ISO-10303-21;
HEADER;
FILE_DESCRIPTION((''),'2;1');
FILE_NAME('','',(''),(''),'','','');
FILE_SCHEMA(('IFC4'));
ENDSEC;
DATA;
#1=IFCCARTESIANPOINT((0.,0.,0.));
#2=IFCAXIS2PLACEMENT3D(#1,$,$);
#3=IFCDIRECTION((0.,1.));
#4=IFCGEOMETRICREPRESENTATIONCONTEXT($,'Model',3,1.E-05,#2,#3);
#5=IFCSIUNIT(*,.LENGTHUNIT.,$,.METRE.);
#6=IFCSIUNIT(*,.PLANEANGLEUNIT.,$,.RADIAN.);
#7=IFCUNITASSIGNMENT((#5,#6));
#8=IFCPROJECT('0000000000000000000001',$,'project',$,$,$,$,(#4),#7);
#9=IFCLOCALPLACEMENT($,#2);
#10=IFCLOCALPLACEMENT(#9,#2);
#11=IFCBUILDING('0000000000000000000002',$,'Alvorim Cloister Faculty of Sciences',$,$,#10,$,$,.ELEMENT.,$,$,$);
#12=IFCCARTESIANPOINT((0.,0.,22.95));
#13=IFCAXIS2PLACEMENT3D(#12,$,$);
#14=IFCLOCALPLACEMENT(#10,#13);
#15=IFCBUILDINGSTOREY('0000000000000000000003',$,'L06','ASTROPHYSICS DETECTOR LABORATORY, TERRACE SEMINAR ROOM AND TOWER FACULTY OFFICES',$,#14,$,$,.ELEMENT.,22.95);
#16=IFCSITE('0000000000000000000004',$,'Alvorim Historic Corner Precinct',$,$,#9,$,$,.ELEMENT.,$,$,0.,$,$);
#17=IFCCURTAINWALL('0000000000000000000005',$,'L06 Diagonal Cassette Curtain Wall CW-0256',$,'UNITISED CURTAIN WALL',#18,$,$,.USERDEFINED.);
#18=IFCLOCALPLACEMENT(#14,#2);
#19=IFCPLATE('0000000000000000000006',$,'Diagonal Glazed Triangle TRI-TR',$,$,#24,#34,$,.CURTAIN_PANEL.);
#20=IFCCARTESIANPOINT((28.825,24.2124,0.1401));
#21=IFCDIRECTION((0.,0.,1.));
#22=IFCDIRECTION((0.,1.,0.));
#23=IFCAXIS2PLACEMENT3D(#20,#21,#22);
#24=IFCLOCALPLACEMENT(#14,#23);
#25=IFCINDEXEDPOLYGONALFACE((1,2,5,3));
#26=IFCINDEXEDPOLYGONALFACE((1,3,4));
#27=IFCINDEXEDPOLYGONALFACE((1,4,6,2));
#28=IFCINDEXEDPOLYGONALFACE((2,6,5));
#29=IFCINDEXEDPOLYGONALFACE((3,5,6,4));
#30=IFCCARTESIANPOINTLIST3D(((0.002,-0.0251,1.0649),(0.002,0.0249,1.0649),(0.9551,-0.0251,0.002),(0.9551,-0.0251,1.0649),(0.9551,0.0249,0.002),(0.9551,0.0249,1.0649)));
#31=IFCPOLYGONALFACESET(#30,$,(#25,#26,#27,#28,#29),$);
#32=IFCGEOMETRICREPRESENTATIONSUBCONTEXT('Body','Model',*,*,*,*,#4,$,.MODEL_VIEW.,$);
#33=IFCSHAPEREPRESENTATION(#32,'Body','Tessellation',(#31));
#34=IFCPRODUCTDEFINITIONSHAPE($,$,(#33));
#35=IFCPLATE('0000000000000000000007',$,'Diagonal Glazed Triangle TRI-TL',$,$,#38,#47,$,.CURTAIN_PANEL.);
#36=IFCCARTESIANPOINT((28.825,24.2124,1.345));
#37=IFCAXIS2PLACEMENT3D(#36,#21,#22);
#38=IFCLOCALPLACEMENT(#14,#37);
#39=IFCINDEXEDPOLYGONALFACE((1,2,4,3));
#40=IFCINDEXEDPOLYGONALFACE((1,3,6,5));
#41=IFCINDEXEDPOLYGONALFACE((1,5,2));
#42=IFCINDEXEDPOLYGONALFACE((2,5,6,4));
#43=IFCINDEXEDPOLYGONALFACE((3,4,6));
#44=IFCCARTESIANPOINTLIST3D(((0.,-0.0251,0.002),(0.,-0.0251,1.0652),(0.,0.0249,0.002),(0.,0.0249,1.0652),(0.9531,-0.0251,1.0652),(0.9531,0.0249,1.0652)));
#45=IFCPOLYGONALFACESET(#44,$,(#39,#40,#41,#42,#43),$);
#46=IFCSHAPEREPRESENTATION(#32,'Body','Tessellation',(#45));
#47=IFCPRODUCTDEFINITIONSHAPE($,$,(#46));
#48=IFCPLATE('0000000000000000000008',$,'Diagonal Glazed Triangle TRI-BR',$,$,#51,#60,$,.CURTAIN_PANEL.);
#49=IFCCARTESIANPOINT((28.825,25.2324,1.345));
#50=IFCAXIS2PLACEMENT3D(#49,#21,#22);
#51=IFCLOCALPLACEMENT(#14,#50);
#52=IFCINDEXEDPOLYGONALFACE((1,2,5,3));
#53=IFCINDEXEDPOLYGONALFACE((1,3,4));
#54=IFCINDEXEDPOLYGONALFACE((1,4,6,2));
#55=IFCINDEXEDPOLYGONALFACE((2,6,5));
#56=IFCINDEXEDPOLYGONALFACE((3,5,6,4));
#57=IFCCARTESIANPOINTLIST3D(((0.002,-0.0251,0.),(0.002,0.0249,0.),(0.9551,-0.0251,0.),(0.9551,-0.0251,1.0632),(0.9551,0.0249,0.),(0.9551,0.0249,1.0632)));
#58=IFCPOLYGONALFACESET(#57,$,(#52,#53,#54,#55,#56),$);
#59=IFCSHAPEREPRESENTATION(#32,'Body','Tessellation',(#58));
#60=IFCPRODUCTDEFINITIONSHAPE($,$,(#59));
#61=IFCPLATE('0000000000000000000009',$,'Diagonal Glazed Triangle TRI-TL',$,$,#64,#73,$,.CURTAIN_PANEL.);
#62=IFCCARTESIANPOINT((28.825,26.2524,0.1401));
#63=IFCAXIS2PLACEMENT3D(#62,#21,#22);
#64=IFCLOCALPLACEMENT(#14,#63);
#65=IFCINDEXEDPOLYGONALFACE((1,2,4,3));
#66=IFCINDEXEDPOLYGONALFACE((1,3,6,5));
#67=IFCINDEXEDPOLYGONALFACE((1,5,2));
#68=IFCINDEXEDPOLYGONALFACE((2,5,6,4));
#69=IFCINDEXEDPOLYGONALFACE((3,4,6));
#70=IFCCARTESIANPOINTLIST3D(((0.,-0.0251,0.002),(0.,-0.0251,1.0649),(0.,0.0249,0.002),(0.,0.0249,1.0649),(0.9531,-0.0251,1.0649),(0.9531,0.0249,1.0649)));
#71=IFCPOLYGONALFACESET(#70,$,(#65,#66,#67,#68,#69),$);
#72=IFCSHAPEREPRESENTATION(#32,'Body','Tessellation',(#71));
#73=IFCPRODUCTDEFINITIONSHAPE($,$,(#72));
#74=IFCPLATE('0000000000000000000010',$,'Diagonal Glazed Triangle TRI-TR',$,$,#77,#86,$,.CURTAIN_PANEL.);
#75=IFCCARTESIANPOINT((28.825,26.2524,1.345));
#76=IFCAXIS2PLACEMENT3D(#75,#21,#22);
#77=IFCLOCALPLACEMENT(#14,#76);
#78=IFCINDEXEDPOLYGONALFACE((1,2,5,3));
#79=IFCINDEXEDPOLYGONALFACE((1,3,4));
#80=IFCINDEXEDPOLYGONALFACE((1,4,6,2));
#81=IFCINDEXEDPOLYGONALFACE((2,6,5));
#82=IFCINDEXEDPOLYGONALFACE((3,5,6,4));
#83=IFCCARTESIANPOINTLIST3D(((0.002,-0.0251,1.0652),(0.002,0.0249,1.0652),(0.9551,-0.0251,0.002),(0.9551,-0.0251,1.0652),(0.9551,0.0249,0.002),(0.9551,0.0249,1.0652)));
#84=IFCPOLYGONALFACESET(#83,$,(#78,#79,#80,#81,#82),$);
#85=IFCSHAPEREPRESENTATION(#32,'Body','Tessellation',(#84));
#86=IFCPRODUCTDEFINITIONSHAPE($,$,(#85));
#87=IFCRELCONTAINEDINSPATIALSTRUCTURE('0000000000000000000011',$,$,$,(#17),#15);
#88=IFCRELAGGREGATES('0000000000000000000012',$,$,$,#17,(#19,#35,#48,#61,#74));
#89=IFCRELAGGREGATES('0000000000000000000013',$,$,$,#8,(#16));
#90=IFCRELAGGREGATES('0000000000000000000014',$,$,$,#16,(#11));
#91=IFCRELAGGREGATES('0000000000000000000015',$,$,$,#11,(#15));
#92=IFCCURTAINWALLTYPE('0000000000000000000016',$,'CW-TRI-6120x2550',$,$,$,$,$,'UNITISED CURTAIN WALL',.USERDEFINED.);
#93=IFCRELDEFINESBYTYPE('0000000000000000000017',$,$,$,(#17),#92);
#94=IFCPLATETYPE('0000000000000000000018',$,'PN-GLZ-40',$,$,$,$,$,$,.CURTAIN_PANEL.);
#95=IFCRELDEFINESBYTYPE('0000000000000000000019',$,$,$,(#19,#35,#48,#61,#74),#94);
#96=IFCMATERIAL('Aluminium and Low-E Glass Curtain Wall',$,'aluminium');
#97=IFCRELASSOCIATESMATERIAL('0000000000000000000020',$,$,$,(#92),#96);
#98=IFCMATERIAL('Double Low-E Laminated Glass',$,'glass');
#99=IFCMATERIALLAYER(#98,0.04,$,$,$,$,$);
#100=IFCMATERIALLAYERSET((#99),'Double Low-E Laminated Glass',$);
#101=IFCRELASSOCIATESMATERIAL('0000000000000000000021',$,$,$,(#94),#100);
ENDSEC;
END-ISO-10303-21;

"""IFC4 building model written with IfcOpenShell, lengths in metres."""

from ifc_helpers import new_model, si_unit, direction, frame, origin, place, context, subcontext, project, spatial, polyline, outline, extrude, material, layer, layer_set, type_object, element, aggregate, save


model = new_model("IFC4")

# Units and contexts
model_context = context("Model", 3, precision=1e-05, world=origin(), true_north=direction((0.0, 1.0)))
body_context = subcontext(model_context, "Body", "Model", "MODEL_VIEW")
ifc_project = project(units=[si_unit("LENGTHUNIT", "METRE"), si_unit("PLANEANGLEUNIT", "RADIAN")], contexts=[model_context])

# Site, building, storey
site_placement = place(None, origin())
site = spatial("IfcSite", under=ifc_project, at=site_placement, Name="Alvorim Historic Corner Precinct", CompositionType="ELEMENT", RefElevation=0.0)
building_placement = place(site_placement, origin())
building = spatial("IfcBuilding", under=site, at=building_placement, Name="Alvorim Cloister Faculty of Sciences", CompositionType="ELEMENT")
storey_placement = place(building_placement, frame((0.0, 0.0, 22.95)))
storey = spatial("IfcBuildingStorey", under=building, at=storey_placement, Name="L06", Description="ASTROPHYSICS DETECTOR LABORATORY, TERRACE SEMINAR ROOM AND TOWER FACULTY OFFICES", CompositionType="ELEMENT", Elevation=22.95)

# Curtain wall, plates
ifc_material_1 = material(Name="Aluminium and Low-E Glass Curtain Wall", Category="aluminium")
curtain_wall_type = type_object("IfcCurtainWallType", Name="CW-TRI-6120x2550", ElementType="UNITISED CURTAIN WALL", PredefinedType="USERDEFINED", material=ifc_material_1)
curtain_wall_placement = place(storey_placement, origin())
curtain_wall = element("IfcCurtainWall", 1, at=curtain_wall_placement, inside=storey, type_object=curtain_wall_type, Name="L06 Diagonal Cassette Curtain Wall CW-0256", ObjectType="UNITISED CURTAIN WALL", PredefinedType="USERDEFINED")
ifc_material_2 = material(Name="Double Low-E Laminated Glass", Category="glass")
ifc_layer = layer(ifc_material_2, 0.04)
ifc_layer_set = layer_set([ifc_layer], Name="Double Low-E Laminated Glass")
plate_type = type_object("IfcPlateType", Name="PN-GLZ-40", PredefinedType="CURTAIN_PANEL", material=ifc_layer_set)
plate_1_placement = place(storey_placement, frame((28.825, 24.2124, 0.1401), z_axis=(0.0, 0.0, 1.0), x_axis=(0.0, 1.0, 0.0)))
plate_1 = element("IfcPlate", 2, at=plate_1_placement, type_object=plate_type, Name="Diagonal Glazed Triangle TRI-TR", PredefinedType="CURTAIN_PANEL", context=body_context, shape_type="SweptSolid", body=[
    extrude(outline(polyline([(0.9551, 0.002), (0.9551, 1.0649), (0.002, 1.0649), (0.9551, 0.002)])), frame((0.0, 0.0249, 0.0), z_axis=(0.0, -1.0, 0.0), x_axis=(1.0, 0.0, 0.0)), (0.0, 0.0, 1.0), 0.05),
])
plate_2_placement = place(storey_placement, frame((28.825, 24.2124, 1.345), z_axis=(0.0, 0.0, 1.0), x_axis=(0.0, 1.0, 0.0)))
plate_2 = element("IfcPlate", 3, at=plate_2_placement, type_object=plate_type, Name="Diagonal Glazed Triangle TRI-TL", PredefinedType="CURTAIN_PANEL", context=body_context, shape_type="SweptSolid", body=[
    extrude(outline(polyline([(0.9531, 1.0652), (0.0, 1.0652), (0.0, 0.002), (0.9531, 1.0652)])), frame((0.0, 0.0249, 0.0), z_axis=(0.0, -1.0, 0.0), x_axis=(1.0, 0.0, 0.0)), (0.0, 0.0, 1.0), 0.05),
])
plate_3_placement = place(storey_placement, frame((28.825, 25.2324, 1.345), z_axis=(0.0, 0.0, 1.0), x_axis=(0.0, 1.0, 0.0)))
plate_3 = element("IfcPlate", 4, at=plate_3_placement, type_object=plate_type, Name="Diagonal Glazed Triangle TRI-BR", PredefinedType="CURTAIN_PANEL", context=body_context, shape_type="SweptSolid", body=[
    extrude(outline(polyline([(0.002, 0.0), (0.9551, 0.0), (0.9551, 1.0632), (0.002, 0.0)])), frame((0.0, 0.0249, 0.0), z_axis=(0.0, -1.0, 0.0), x_axis=(1.0, 0.0, 0.0)), (0.0, 0.0, 1.0), 0.05),
])
plate_4_placement = place(storey_placement, frame((28.825, 26.2524, 0.1401), z_axis=(0.0, 0.0, 1.0), x_axis=(0.0, 1.0, 0.0)))
plate_4 = element("IfcPlate", 5, at=plate_4_placement, type_object=plate_type, Name="Diagonal Glazed Triangle TRI-TL", PredefinedType="CURTAIN_PANEL", context=body_context, shape_type="SweptSolid", body=[
    extrude(outline(polyline([(0.9531, 1.0649), (0.0, 1.0649), (0.0, 0.002), (0.9531, 1.0649)])), frame((0.0, 0.0249, 0.0), z_axis=(0.0, -1.0, 0.0), x_axis=(1.0, 0.0, 0.0)), (0.0, 0.0, 1.0), 0.05),
])
plate_5_placement = place(storey_placement, frame((28.825, 26.2524, 1.345), z_axis=(0.0, 0.0, 1.0), x_axis=(0.0, 1.0, 0.0)))
plate_5 = element("IfcPlate", 6, at=plate_5_placement, type_object=plate_type, Name="Diagonal Glazed Triangle TRI-TR", PredefinedType="CURTAIN_PANEL", context=body_context, shape_type="SweptSolid", body=[
    extrude(outline(polyline([(0.9551, 0.002), (0.9551, 1.0652), (0.002, 1.0652), (0.9551, 0.002)])), frame((0.0, 0.0249, 0.0), z_axis=(0.0, -1.0, 0.0), x_axis=(1.0, 0.0, 0.0)), (0.0, 0.0, 1.0), 0.05),
])
aggregate(curtain_wall, [plate_1, plate_2, plate_3, plate_4, plate_5])

save(model, "model.ifc")
